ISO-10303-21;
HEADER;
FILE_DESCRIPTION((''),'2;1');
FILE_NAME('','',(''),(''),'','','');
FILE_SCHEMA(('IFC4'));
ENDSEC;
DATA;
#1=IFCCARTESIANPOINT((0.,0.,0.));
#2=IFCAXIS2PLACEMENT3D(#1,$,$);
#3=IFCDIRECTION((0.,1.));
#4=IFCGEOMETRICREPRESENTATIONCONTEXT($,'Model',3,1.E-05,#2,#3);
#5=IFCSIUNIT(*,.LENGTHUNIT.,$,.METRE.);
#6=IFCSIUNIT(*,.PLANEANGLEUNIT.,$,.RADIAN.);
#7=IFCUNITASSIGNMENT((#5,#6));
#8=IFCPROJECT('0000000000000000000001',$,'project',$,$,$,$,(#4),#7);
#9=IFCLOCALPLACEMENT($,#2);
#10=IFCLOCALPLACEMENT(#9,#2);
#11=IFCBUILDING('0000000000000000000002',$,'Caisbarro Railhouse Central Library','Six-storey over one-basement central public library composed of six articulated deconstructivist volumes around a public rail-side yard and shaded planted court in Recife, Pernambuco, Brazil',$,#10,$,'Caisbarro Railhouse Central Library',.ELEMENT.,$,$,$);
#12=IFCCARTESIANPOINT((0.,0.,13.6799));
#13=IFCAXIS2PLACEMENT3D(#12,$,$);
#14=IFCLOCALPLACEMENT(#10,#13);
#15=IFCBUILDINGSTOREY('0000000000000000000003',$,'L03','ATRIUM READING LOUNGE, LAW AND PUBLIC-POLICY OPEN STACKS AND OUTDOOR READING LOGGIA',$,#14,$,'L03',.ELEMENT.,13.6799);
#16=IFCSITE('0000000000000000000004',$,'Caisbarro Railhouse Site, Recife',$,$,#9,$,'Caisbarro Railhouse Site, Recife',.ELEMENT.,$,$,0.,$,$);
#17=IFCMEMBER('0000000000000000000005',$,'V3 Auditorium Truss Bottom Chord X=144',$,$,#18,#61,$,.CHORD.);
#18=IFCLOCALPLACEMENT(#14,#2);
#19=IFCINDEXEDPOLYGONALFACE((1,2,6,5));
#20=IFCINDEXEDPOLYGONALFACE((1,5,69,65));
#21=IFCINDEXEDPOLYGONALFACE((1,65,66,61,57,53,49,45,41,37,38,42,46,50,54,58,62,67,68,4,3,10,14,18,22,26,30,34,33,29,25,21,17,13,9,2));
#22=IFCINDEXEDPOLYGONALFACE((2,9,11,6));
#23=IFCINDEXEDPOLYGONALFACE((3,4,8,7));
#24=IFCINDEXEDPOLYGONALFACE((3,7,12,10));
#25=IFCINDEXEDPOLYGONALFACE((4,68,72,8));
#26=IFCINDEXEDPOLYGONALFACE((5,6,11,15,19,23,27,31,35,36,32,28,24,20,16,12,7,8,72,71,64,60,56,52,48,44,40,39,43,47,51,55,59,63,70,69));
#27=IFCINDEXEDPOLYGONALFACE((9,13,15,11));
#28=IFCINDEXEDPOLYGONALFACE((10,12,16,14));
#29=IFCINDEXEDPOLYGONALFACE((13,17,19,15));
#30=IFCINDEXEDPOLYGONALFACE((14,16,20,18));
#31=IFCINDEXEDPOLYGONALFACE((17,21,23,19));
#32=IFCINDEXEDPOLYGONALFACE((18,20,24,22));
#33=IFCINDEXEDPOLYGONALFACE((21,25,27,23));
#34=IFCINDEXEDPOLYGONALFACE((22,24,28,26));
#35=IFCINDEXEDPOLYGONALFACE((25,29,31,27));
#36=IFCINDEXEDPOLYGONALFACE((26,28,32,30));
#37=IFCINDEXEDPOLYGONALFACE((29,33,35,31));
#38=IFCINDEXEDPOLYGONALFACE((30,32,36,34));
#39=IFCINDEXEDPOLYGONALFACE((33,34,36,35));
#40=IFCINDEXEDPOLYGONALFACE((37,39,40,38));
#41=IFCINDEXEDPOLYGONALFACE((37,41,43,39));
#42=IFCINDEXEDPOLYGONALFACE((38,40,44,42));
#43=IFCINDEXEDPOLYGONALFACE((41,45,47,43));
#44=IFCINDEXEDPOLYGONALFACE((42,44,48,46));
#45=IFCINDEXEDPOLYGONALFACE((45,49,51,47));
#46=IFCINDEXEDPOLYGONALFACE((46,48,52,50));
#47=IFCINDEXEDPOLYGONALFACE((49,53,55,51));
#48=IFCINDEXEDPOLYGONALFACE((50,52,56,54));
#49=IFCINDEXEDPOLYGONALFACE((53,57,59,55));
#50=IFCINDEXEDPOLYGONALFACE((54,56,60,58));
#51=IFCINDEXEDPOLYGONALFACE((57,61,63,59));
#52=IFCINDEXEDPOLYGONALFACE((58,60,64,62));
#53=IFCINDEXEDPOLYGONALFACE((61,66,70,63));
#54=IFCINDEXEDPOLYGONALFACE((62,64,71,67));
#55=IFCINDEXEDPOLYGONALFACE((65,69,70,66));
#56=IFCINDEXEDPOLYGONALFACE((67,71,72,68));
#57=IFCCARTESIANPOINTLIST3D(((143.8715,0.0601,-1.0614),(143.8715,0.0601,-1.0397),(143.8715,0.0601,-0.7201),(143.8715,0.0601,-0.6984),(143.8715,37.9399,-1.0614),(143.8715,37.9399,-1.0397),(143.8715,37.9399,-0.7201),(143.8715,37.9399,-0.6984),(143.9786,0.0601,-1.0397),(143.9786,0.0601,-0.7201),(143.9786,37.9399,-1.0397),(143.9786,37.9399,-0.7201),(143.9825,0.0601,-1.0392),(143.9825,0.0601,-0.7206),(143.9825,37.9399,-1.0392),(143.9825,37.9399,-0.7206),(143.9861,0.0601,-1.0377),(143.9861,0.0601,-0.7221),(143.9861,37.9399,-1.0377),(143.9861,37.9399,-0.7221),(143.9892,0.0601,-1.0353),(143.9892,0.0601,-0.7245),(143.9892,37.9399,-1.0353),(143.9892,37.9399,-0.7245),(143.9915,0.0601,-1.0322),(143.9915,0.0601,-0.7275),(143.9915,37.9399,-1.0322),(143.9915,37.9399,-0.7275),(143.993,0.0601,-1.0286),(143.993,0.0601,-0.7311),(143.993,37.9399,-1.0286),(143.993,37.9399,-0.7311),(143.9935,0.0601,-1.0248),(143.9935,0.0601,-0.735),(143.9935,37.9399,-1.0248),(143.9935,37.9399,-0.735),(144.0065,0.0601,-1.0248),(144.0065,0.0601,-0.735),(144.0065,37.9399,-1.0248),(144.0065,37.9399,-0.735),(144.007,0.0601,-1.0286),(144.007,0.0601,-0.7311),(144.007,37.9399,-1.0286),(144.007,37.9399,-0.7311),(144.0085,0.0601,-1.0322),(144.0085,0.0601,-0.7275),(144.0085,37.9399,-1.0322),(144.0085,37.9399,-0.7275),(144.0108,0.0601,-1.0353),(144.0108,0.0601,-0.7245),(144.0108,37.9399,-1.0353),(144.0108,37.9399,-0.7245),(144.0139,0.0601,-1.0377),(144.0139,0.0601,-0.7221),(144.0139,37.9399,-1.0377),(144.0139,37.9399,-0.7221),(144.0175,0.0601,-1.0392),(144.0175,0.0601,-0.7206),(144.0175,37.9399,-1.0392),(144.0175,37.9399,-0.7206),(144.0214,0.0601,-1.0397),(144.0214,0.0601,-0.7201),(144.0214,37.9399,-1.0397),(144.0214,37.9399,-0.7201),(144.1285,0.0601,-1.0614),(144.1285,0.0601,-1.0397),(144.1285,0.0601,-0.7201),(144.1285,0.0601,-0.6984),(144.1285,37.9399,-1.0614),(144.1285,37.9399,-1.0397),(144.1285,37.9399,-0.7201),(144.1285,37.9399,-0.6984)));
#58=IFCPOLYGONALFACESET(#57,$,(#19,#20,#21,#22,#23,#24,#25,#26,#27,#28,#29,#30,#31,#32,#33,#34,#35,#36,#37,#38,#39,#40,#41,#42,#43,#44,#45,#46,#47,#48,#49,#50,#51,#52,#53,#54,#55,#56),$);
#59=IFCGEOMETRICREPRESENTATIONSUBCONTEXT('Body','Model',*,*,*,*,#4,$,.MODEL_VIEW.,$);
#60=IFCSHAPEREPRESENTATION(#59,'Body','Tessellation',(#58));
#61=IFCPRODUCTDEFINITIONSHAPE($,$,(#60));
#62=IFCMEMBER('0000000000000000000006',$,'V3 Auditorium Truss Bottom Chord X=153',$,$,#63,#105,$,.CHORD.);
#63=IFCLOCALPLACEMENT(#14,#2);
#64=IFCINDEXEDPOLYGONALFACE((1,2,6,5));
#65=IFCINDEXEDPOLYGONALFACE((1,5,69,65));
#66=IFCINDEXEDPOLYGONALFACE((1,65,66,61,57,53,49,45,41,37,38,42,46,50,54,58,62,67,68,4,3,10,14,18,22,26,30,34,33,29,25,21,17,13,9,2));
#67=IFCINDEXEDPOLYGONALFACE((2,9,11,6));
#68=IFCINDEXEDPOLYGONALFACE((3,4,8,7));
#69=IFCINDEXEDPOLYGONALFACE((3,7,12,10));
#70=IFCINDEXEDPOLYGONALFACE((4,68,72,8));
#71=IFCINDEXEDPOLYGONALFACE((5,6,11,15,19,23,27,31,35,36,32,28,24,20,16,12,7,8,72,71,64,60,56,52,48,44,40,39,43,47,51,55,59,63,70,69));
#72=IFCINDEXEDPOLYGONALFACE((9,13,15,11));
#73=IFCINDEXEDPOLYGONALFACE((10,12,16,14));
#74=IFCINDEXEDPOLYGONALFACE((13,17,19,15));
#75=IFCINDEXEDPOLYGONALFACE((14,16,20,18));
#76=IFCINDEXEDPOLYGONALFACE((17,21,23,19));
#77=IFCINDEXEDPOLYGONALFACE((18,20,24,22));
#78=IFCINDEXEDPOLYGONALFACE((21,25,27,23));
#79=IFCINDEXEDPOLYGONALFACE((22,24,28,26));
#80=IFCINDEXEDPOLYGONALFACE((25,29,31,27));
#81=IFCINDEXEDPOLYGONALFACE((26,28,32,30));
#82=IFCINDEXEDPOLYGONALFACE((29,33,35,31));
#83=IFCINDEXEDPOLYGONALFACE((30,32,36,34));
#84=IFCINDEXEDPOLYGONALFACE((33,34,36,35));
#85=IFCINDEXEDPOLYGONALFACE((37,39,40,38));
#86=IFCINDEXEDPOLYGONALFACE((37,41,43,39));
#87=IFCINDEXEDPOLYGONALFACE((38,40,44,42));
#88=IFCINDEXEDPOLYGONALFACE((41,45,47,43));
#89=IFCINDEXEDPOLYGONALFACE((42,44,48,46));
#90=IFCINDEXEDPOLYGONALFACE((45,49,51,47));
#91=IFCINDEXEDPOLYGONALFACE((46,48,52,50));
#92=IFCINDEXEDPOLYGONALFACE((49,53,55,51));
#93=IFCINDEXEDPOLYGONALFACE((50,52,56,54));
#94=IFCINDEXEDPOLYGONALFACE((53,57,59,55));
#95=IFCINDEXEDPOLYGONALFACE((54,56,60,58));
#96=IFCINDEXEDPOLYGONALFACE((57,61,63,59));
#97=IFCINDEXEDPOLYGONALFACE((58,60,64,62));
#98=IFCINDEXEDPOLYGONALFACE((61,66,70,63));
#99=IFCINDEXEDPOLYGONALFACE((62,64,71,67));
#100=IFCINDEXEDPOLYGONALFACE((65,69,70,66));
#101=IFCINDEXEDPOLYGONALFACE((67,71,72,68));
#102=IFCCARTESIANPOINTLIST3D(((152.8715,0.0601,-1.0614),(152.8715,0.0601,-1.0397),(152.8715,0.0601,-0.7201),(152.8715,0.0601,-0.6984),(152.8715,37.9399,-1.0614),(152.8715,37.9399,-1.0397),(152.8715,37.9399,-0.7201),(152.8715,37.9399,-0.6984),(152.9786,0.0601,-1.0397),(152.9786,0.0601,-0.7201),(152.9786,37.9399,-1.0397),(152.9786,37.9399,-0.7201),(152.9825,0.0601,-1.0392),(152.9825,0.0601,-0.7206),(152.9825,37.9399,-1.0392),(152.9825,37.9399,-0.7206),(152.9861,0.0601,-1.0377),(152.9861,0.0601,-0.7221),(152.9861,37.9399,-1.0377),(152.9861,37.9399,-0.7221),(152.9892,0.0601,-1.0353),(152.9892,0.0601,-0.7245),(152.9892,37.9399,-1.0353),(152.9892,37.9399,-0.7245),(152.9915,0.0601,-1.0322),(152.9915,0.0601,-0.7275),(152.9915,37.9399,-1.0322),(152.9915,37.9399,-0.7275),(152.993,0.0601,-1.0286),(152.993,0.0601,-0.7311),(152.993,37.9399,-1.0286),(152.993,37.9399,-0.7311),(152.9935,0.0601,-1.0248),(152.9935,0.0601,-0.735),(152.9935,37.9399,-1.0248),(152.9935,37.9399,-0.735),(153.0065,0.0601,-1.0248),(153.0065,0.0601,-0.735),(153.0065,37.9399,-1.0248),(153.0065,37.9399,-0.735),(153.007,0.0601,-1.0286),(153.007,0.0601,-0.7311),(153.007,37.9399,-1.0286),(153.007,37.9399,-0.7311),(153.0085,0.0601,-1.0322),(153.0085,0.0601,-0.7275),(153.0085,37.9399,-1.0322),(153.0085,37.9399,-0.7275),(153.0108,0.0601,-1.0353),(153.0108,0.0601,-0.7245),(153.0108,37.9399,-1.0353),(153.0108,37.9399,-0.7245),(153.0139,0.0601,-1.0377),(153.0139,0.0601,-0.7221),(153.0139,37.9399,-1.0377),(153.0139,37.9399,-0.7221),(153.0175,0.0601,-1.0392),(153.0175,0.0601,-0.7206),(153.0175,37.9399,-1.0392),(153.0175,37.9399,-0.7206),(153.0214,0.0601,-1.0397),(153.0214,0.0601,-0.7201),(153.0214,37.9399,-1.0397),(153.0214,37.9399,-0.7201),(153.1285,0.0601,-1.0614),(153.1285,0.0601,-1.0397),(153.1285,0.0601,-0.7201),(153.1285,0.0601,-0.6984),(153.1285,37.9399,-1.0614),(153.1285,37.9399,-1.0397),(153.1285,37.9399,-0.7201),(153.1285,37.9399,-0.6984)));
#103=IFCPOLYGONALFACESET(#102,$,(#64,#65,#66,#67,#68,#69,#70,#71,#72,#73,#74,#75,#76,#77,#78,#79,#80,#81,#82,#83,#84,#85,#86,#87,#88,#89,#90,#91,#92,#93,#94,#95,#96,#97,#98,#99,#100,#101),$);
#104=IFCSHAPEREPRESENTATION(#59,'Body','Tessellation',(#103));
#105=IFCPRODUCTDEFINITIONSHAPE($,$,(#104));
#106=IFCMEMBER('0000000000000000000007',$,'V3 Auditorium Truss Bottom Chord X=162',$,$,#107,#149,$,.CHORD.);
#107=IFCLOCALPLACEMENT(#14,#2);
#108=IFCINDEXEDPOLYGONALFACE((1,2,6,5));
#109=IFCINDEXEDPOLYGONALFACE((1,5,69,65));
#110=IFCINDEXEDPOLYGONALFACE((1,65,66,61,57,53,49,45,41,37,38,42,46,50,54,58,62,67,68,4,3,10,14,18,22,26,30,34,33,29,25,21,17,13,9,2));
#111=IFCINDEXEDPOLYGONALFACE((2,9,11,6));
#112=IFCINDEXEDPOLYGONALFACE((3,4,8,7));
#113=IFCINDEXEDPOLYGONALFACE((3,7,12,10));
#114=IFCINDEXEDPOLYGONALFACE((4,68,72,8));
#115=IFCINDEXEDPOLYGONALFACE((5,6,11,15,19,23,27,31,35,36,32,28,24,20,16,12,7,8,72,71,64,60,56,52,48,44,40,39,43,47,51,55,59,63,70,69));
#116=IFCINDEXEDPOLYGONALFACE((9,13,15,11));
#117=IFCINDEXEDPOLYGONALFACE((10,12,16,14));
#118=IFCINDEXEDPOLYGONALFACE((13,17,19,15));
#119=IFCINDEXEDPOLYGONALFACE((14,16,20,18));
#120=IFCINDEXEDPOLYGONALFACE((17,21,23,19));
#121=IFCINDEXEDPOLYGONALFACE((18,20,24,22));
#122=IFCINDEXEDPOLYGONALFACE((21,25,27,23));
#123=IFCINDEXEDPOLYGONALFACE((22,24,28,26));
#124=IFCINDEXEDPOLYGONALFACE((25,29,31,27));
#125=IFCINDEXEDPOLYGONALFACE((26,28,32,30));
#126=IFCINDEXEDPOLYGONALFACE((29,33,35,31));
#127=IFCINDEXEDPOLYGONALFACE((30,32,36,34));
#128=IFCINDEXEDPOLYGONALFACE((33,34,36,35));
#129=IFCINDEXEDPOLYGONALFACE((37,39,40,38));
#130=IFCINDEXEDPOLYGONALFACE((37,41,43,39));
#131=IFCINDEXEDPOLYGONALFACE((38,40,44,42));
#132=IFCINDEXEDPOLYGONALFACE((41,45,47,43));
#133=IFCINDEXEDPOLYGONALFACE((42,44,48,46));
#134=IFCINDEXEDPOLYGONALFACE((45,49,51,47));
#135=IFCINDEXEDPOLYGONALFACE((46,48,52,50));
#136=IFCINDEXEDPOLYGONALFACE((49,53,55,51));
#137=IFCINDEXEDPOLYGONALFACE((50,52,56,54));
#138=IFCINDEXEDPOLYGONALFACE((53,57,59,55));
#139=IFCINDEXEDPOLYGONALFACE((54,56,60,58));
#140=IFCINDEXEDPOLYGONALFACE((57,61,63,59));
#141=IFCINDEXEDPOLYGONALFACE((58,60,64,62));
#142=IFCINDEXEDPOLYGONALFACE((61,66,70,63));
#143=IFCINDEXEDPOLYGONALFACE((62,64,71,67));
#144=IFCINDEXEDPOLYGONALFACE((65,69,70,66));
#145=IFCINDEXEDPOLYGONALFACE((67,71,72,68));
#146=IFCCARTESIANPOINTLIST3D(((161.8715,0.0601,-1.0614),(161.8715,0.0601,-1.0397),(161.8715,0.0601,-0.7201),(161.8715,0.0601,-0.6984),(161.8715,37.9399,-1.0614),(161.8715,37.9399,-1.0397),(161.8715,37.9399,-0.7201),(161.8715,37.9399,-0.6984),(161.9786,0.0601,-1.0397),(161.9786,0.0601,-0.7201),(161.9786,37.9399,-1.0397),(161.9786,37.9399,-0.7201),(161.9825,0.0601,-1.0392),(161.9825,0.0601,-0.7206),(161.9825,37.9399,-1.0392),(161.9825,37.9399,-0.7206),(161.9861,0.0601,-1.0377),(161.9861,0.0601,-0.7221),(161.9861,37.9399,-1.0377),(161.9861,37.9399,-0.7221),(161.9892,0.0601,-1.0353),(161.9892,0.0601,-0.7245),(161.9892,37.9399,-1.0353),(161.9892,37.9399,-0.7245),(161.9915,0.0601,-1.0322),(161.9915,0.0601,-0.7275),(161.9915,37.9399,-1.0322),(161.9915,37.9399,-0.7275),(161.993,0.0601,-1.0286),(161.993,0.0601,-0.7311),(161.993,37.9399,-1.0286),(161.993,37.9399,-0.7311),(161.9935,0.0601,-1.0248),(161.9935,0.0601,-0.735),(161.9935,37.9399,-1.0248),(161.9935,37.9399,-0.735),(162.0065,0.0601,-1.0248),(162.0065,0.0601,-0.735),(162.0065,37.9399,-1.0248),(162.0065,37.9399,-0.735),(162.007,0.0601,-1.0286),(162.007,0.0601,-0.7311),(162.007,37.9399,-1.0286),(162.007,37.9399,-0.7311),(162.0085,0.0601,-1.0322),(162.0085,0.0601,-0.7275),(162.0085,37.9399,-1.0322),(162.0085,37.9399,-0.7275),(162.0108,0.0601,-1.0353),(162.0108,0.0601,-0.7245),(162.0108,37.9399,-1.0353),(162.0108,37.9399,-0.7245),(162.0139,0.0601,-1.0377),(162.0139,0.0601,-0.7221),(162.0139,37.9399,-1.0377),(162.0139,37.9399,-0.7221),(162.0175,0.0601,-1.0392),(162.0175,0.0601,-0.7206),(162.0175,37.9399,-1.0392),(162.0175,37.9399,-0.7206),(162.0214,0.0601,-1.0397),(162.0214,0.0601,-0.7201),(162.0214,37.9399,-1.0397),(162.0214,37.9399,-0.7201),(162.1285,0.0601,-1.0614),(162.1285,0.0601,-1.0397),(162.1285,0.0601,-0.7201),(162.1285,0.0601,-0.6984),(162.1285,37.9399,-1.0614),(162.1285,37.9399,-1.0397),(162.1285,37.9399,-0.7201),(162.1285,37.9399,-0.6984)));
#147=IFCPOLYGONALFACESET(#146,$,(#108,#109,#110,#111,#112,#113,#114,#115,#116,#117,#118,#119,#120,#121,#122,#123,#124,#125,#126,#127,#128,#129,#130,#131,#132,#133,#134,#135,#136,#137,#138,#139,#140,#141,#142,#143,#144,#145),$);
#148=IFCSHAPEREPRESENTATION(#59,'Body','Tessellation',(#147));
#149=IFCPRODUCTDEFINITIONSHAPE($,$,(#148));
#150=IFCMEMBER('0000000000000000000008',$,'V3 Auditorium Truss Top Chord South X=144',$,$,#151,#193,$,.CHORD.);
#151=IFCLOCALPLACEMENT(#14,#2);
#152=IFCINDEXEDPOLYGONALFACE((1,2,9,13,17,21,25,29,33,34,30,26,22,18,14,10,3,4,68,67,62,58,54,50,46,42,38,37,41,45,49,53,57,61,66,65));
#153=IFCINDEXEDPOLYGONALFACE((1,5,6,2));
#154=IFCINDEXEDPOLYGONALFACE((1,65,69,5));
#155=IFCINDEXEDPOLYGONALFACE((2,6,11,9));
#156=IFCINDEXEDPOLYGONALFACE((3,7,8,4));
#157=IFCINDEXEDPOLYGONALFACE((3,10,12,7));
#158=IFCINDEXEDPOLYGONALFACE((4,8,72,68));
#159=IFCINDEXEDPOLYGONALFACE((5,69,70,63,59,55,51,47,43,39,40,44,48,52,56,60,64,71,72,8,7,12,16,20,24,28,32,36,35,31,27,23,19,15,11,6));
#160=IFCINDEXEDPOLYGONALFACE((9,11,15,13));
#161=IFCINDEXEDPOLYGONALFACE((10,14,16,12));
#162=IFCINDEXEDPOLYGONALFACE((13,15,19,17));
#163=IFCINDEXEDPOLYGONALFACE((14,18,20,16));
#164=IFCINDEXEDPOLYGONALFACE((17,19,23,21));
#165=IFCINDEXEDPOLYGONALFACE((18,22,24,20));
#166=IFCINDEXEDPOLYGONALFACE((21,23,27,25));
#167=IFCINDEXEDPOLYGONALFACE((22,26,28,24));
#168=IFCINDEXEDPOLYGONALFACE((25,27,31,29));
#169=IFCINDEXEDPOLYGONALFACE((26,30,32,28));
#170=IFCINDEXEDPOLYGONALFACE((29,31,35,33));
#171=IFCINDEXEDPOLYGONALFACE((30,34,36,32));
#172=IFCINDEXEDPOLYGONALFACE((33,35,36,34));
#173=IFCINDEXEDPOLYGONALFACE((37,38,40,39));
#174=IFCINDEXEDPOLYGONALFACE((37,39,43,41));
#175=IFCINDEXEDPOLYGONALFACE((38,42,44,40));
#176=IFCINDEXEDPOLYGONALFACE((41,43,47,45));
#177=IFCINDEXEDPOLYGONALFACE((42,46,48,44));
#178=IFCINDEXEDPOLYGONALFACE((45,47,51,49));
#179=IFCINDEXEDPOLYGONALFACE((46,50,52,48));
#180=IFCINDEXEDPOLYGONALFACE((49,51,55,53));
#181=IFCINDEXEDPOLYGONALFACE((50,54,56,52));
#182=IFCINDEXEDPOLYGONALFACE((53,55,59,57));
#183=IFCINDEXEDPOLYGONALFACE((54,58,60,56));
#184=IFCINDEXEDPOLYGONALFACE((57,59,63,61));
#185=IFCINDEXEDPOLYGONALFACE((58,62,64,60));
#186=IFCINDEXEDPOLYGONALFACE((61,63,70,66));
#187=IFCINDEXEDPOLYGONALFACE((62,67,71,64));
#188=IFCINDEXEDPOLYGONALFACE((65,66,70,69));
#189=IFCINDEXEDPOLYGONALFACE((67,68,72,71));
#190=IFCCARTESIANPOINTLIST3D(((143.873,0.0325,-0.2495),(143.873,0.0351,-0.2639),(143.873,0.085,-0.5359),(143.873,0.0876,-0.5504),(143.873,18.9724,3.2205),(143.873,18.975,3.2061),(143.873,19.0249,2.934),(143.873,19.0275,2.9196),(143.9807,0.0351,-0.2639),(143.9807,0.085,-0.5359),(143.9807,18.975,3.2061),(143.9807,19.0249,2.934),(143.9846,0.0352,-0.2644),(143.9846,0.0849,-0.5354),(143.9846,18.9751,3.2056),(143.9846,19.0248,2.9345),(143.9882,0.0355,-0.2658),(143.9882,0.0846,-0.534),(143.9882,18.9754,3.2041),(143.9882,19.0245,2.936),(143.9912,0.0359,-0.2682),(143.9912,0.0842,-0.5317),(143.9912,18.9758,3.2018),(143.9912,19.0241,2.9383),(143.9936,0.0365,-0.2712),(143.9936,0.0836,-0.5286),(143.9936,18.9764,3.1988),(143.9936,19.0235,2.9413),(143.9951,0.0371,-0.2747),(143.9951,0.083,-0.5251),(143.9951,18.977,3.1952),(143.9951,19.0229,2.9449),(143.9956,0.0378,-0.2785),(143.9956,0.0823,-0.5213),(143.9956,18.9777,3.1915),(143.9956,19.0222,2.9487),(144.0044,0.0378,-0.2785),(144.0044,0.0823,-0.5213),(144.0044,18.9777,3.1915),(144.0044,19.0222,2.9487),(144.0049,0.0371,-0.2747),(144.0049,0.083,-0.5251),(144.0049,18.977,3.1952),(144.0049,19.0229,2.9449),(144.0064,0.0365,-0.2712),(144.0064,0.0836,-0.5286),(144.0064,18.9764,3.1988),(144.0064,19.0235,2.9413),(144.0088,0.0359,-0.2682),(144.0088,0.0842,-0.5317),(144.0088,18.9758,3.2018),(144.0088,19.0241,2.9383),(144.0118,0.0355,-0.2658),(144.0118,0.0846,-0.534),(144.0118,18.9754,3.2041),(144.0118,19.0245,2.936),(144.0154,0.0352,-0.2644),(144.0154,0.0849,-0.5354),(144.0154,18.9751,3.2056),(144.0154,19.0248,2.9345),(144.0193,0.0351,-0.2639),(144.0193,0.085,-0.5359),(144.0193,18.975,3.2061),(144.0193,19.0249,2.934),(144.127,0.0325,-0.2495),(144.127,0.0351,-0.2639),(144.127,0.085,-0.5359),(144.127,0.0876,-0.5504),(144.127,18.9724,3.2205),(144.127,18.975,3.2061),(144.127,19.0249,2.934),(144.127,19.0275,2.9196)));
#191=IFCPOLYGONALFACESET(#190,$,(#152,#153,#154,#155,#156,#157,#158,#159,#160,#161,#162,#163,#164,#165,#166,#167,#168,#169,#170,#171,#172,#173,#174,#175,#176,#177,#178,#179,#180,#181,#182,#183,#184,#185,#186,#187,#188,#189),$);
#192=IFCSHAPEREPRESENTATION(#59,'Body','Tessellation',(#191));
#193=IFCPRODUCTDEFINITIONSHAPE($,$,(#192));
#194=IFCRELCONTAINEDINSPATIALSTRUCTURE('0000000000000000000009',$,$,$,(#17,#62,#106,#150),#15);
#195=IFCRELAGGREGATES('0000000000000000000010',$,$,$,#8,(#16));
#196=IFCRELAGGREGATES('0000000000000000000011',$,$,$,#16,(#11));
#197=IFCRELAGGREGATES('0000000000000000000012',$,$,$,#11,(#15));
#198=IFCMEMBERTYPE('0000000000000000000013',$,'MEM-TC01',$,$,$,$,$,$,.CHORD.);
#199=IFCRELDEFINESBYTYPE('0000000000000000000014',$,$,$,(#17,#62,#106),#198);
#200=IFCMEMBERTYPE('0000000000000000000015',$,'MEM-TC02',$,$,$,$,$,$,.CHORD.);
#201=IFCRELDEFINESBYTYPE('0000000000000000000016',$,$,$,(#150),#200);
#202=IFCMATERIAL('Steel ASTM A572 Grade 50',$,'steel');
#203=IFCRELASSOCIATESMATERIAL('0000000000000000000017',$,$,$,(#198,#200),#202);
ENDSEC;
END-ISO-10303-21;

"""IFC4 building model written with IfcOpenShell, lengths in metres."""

from ifc_helpers import new_model, si_unit, direction, frame, origin, origin_2d, place, context, subcontext, project, spatial, i_section, extrude, material, material_profile, profile_set, type_object, element, save


model = new_model("IFC4")

# Units and contexts
model_context = context("Model", 3, precision=1e-05, world=origin(), true_north=direction((0.0, 1.0)))
body_context = subcontext(model_context, "Body", "Model", "MODEL_VIEW")
ifc_project = project(units=[si_unit("LENGTHUNIT", "METRE"), si_unit("PLANEANGLEUNIT", "RADIAN")], contexts=[model_context])

# Site, building, storey
site_placement = place(None, origin())
site = spatial("IfcSite", under=ifc_project, at=site_placement, Name="Caisbarro Railhouse Site, Recife", LongName="Caisbarro Railhouse Site, Recife", CompositionType="ELEMENT", RefElevation=0.0)
building_placement = place(site_placement, origin())
building = spatial("IfcBuilding", under=site, at=building_placement, Name="Caisbarro Railhouse Central Library", Description="Six-storey over one-basement central public library composed of six articulated deconstructivist volumes around a public rail-side yard and shaded planted court in Recife, Pernambuco, Brazil", LongName="Caisbarro Railhouse Central Library", CompositionType="ELEMENT")
storey_placement = place(building_placement, frame((0.0, 0.0, 13.6799)))
storey = spatial("IfcBuildingStorey", under=building, at=storey_placement, Name="L03", Description="ATRIUM READING LOUNGE, LAW AND PUBLIC-POLICY OPEN STACKS AND OUTDOOR READING LOGGIA", LongName="L03", CompositionType="ELEMENT", Elevation=13.6799)

# Members
ifc_material_1 = material(Name="Steel ASTM A572 Grade 50", Category="steel")
ifc_material_profile_1 = material_profile(ifc_material_1, i_section(OverallWidth=0.2571, OverallDepth=0.363, WebThickness=0.0129, FlangeThickness=0.0217, FilletRadius=0.0149, at=origin_2d()), Name="W360X122.0")
ifc_profile_set_1 = profile_set([ifc_material_profile_1], Name="Steel ASTM A572 Grade 50")
member_type_1 = type_object("IfcMemberType", Name="MEM-TC01", PredefinedType="CHORD", material=ifc_profile_set_1)
for number, where, z_axis, x_axis, name in (
    (1, (144.0, 0.0601, -0.8799), (0.0, 1.0, 0.0), (-1.0, 0.0, 0.0), "V3 Auditorium Truss Bottom Chord X=144"),
    (2, (153.0, 0.0601, -0.8799), (0.0, 1.0, 0.0), (-1.0, 0.0, 0.0), "V3 Auditorium Truss Bottom Chord X=153"),
    (3, (162.0, 0.0601, -0.8799), (0.0, 1.0, 0.0), (-1.0, 0.0, 0.0), "V3 Auditorium Truss Bottom Chord X=162"),
):
    element("IfcMember", number, at=place(storey_placement, frame(where, z_axis=z_axis, x_axis=x_axis)), inside=storey, type_object=member_type_1, Name=name, PredefinedType="CHORD", context=body_context, shape_type="SweptSolid", body=[
        extrude(i_section(OverallWidth=0.2571, OverallDepth=0.363, WebThickness=0.0129, FlangeThickness=0.0217, FilletRadius=0.0149, at=origin_2d()), origin(), (0.0, 0.0, 1.0), 37.8799),
    ])
ifc_material_profile_2 = material_profile(ifc_material_1, i_section(OverallWidth=0.2539, OverallDepth=0.3059, WebThickness=0.0088, FlangeThickness=0.0146, FilletRadius=0.0149, at=origin_2d()), Name="W310X79.0")
ifc_profile_set_2 = profile_set([ifc_material_profile_2], Name="Steel ASTM A572 Grade 50")
member_type_2 = type_object("IfcMemberType", Name="MEM-TC02", PredefinedType="CHORD", material=ifc_profile_set_2)
for number, where, z_axis, x_axis, name in (
    (4, (144.0, 0.0601, -0.3999), (0.0, 0.983628, 0.18021), (-1.0, 0.0, 0.0), "V3 Auditorium Truss Top Chord South X=144"),
):
    element("IfcMember", number, at=place(storey_placement, frame(where, z_axis=z_axis, x_axis=x_axis)), inside=storey, type_object=member_type_2, Name=name, PredefinedType="CHORD", context=body_context, shape_type="SweptSolid", body=[
        extrude(i_section(OverallWidth=0.2539, OverallDepth=0.3059, WebThickness=0.0088, FlangeThickness=0.0146, FilletRadius=0.0149, at=origin_2d()), origin(), (0.0, 0.0, 1.0), 19.2551),
    ])

save(model, "model.ifc")
